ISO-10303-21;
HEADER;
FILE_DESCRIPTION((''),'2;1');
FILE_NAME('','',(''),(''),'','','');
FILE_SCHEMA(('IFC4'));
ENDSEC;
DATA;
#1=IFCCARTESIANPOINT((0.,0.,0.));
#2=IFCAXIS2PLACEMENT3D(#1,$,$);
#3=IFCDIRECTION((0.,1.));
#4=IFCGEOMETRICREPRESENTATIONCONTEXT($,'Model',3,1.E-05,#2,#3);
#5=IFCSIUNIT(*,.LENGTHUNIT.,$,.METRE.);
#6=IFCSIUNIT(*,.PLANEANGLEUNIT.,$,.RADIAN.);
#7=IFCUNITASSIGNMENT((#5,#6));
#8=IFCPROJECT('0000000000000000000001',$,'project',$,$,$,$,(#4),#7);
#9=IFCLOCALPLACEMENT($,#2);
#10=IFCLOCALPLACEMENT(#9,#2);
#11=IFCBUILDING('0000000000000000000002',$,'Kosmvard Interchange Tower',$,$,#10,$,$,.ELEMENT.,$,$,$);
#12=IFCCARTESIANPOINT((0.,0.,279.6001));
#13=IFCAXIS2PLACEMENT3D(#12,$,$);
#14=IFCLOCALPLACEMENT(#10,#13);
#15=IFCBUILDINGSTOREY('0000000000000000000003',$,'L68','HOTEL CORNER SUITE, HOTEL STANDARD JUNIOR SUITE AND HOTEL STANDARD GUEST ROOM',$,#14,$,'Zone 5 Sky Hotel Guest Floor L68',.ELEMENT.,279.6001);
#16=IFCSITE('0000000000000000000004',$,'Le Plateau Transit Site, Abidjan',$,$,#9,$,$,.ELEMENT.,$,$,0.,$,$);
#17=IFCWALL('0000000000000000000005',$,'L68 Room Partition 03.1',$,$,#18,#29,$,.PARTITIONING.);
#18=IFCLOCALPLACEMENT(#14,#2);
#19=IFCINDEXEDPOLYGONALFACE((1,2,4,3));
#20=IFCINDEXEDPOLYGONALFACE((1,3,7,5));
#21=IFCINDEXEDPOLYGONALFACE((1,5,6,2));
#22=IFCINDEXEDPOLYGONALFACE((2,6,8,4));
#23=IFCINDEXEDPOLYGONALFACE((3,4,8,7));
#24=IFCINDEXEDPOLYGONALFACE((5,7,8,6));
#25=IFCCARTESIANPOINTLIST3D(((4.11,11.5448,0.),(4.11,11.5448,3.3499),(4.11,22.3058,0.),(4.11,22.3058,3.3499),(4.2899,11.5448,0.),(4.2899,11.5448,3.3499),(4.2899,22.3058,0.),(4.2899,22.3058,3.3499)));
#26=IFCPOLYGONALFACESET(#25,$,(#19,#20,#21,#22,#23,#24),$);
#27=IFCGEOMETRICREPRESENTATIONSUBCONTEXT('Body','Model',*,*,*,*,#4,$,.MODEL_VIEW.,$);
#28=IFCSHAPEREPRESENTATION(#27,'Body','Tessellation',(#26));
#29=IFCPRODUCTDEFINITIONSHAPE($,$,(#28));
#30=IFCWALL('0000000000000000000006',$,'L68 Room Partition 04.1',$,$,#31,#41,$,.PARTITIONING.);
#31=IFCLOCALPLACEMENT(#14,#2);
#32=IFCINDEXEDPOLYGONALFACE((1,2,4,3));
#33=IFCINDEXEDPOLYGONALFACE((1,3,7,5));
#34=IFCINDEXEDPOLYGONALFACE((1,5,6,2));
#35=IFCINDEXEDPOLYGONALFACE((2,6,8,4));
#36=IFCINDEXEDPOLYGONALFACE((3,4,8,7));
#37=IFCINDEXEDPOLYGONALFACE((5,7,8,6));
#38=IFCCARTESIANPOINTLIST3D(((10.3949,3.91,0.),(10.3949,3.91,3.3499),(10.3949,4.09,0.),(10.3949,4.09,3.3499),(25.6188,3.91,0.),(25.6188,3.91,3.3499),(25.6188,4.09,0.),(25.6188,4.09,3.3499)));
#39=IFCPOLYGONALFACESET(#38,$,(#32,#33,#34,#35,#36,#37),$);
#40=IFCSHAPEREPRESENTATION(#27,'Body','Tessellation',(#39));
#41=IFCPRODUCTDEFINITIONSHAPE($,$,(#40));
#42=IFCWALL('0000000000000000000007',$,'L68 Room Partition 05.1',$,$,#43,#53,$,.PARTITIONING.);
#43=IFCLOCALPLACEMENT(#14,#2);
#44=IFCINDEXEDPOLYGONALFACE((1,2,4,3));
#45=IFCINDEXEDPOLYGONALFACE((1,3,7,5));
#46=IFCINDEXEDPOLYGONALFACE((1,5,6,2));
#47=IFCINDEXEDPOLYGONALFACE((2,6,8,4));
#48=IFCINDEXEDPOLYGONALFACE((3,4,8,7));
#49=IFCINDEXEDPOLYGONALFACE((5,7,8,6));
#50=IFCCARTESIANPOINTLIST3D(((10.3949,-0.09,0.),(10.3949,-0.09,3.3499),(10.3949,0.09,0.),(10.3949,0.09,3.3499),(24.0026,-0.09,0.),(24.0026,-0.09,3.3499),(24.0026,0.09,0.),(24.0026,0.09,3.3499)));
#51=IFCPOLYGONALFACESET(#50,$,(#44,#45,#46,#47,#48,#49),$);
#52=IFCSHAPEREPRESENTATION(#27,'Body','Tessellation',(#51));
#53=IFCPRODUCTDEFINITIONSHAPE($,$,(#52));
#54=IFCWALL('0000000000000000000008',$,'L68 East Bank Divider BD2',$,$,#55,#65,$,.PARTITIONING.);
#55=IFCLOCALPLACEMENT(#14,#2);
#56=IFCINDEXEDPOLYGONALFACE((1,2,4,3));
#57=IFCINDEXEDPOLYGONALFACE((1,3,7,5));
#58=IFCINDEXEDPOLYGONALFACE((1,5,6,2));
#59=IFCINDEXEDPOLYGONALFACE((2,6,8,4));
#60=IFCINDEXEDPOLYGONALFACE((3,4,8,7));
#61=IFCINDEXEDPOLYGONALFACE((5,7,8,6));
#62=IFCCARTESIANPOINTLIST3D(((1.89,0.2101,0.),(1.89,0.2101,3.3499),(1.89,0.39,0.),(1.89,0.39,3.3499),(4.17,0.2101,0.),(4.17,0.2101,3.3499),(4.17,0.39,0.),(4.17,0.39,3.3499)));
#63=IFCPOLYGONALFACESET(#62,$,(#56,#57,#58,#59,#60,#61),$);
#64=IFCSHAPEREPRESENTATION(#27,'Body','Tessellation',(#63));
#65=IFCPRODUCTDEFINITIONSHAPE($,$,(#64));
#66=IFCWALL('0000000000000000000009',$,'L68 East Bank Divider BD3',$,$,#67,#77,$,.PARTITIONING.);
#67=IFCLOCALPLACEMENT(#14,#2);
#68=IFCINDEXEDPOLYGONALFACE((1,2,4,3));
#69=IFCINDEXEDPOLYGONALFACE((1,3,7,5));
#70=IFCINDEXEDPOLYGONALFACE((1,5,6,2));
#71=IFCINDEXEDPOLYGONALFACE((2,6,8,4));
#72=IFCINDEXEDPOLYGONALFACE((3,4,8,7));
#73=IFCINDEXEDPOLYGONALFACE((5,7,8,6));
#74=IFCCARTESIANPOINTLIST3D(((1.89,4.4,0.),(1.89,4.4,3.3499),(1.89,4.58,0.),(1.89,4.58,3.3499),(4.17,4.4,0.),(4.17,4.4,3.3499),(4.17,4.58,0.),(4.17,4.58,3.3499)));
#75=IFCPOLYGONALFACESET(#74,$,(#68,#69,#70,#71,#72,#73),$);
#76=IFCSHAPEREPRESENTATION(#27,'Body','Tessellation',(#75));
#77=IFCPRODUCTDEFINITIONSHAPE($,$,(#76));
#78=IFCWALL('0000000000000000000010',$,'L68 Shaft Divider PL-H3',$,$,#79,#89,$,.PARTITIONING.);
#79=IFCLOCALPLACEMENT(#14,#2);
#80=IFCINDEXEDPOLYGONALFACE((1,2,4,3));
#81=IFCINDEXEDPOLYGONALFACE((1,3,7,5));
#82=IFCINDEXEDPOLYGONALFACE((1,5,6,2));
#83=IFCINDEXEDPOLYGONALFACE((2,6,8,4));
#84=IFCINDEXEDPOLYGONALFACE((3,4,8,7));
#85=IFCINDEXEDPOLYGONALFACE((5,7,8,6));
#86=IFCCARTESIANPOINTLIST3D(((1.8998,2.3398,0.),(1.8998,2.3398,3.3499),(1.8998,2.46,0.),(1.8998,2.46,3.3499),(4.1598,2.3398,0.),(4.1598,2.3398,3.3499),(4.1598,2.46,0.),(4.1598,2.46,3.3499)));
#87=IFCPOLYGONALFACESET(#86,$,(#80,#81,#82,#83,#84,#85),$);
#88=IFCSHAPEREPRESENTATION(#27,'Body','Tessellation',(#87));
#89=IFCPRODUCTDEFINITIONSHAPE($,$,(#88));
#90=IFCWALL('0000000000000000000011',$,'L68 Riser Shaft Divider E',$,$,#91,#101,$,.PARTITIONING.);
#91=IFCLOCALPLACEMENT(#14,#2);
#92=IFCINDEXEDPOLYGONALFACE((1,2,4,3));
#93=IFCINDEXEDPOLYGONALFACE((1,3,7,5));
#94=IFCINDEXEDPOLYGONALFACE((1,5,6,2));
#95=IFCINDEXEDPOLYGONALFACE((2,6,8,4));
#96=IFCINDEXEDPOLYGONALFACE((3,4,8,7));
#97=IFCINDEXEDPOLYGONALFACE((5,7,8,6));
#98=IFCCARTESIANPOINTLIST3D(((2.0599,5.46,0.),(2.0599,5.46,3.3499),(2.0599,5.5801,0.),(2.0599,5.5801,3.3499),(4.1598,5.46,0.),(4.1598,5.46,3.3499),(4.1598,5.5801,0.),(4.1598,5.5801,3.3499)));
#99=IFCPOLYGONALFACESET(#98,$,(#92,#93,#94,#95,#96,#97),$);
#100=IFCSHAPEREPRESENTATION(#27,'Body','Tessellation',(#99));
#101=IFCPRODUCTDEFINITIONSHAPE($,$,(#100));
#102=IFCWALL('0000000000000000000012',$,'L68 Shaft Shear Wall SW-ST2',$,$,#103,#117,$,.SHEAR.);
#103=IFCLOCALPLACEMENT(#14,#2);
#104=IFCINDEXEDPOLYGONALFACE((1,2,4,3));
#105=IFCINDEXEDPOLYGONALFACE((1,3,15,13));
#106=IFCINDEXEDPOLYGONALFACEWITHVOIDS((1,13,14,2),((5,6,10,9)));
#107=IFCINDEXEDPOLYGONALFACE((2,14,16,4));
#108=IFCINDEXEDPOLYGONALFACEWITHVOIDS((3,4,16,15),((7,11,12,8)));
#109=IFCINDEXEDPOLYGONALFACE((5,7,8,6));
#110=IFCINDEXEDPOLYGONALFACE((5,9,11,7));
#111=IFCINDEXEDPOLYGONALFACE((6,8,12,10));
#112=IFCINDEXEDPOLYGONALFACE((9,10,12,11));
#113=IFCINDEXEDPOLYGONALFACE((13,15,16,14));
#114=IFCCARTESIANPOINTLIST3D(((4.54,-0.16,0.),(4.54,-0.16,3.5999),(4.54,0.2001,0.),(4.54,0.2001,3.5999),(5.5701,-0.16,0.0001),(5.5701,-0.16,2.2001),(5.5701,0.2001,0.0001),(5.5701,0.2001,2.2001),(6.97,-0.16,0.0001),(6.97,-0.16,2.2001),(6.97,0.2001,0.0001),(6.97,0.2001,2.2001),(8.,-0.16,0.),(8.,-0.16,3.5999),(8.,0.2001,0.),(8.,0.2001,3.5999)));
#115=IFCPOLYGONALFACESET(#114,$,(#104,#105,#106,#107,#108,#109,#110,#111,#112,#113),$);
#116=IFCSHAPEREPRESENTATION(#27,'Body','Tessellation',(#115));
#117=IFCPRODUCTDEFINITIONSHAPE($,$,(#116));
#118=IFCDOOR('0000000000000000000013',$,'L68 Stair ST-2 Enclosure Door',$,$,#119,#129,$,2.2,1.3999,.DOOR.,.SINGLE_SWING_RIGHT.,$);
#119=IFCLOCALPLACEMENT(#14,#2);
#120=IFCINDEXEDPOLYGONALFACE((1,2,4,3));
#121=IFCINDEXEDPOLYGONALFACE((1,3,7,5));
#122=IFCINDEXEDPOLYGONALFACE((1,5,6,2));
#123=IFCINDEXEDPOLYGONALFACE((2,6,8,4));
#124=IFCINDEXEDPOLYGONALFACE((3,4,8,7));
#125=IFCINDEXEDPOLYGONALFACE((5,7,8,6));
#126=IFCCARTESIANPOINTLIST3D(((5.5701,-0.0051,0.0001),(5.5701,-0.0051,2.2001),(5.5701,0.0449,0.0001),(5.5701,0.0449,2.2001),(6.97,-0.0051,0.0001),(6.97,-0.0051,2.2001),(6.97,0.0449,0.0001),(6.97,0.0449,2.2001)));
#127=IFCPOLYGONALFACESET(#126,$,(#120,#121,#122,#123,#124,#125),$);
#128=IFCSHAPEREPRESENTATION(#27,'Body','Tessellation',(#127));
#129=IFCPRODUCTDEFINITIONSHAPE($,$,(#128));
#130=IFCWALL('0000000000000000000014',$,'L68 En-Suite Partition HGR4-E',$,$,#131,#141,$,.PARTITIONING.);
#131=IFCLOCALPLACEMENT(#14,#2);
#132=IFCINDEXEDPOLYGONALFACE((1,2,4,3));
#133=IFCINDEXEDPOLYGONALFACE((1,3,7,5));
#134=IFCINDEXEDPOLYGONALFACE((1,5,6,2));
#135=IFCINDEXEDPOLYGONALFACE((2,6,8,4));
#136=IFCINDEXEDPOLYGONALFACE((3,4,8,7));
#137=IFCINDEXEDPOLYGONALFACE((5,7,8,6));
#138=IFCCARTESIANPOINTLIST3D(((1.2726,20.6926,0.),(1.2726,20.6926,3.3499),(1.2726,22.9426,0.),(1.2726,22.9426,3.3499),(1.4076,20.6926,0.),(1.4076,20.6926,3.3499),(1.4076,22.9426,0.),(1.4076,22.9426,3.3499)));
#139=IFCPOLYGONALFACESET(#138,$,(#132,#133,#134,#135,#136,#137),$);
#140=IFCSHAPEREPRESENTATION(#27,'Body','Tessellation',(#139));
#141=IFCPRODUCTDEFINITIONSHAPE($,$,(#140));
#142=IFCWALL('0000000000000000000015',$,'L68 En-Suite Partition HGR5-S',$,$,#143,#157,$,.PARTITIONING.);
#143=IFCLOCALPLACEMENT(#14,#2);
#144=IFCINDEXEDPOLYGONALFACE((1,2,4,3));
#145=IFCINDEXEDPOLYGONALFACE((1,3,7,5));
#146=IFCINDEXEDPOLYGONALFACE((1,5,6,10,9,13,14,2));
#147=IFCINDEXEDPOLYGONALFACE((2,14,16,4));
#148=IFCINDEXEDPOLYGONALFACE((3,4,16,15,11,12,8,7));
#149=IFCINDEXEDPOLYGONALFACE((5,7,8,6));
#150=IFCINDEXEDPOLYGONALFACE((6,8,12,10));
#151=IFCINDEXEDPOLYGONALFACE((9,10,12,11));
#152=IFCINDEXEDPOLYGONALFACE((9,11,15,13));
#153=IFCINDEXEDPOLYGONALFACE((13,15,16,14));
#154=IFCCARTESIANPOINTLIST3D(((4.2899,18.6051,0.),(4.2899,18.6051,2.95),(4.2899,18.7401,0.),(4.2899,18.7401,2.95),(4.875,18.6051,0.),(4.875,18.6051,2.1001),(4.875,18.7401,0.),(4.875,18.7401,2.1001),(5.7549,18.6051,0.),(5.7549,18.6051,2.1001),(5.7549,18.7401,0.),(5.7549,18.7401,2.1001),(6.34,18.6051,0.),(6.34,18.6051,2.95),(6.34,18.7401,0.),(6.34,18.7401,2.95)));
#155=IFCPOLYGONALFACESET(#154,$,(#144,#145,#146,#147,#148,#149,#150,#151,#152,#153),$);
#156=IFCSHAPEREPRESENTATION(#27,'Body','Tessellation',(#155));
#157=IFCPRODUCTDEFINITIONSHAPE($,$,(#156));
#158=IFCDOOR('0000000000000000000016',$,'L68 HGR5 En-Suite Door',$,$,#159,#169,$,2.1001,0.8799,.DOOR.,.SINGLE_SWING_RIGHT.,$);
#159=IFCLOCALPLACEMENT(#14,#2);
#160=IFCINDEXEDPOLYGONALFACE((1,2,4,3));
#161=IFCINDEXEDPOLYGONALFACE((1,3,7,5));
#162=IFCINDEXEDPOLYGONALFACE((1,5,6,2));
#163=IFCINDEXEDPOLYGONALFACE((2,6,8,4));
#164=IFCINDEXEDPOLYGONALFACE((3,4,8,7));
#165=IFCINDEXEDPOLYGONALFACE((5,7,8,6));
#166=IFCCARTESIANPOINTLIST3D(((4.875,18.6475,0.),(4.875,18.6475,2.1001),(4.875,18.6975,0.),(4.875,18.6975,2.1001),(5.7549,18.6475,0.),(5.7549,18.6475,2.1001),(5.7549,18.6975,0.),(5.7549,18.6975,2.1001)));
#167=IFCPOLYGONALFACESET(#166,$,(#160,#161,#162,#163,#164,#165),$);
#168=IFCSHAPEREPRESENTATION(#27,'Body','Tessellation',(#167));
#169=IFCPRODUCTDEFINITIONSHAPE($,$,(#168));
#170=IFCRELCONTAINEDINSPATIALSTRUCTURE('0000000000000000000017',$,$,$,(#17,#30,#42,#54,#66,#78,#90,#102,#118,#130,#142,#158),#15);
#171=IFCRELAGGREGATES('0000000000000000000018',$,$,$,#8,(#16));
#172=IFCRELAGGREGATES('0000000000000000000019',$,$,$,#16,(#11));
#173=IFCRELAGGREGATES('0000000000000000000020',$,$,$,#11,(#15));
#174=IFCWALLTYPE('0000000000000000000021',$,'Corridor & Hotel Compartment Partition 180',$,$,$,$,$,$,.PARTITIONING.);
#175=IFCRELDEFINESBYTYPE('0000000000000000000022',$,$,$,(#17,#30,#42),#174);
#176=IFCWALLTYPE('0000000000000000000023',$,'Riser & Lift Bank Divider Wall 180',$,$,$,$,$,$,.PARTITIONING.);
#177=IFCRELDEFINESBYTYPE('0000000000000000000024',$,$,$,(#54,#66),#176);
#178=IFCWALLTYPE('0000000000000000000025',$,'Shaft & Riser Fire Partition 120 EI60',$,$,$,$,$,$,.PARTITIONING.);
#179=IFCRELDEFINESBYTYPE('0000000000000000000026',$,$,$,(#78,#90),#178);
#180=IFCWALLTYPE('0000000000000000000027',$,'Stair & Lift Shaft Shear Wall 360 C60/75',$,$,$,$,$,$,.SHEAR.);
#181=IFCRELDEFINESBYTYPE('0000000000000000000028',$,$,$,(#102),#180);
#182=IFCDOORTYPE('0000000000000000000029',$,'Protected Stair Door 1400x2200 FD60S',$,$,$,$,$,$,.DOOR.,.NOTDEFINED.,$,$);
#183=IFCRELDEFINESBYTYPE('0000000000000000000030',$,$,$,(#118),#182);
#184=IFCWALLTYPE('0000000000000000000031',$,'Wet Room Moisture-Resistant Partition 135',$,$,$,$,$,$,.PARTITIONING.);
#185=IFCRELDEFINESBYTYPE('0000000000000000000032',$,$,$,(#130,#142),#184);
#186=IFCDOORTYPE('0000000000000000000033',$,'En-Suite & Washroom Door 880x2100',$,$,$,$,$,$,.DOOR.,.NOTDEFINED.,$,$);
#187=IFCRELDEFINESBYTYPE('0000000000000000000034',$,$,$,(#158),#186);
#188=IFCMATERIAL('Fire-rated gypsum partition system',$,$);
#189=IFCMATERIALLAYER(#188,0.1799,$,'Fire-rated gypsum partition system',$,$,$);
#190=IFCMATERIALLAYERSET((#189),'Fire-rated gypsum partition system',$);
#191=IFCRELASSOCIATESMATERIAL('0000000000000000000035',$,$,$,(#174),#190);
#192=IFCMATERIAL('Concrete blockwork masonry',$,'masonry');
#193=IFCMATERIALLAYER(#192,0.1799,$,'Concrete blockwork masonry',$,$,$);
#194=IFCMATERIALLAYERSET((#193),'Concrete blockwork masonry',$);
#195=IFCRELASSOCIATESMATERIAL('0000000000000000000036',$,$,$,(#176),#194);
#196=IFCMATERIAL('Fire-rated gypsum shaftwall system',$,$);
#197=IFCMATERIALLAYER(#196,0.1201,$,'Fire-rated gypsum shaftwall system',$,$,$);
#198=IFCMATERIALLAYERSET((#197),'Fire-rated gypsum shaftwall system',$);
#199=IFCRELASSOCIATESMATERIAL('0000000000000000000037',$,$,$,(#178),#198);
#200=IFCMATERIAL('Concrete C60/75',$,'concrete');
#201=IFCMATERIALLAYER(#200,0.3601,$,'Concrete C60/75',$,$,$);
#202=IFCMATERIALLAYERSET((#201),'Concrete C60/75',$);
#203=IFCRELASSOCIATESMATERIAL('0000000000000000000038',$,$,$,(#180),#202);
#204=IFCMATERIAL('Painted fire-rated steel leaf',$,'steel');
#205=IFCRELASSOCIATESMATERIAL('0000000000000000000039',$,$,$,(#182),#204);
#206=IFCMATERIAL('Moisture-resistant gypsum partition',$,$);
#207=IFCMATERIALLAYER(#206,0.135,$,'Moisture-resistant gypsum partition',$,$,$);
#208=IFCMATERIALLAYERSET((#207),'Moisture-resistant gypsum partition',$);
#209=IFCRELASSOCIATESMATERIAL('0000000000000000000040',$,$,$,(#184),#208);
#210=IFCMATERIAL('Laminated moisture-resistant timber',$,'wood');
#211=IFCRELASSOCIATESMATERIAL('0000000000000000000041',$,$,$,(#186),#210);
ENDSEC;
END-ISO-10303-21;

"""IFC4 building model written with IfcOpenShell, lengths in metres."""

from ifc_helpers import new_model, si_unit, direction, frame, frame_2d, origin, place, context, subcontext, project, spatial, rectangle, extrude, source, transform, mapped, material, layer, layer_set, type_object, element, fill, save


model = new_model("IFC4")

# Units and contexts
model_context = context("Model", 3, precision=1e-05, world=origin(), true_north=direction((0.0, 1.0)))
body_context = subcontext(model_context, "Body", "Model", "MODEL_VIEW")
ifc_project = project(units=[si_unit("LENGTHUNIT", "METRE"), si_unit("PLANEANGLEUNIT", "RADIAN")], contexts=[model_context])

# Site, building, storey
site_placement = place(None, origin())
site = spatial("IfcSite", under=ifc_project, at=site_placement, Name="Le Plateau Transit Site, Abidjan", CompositionType="ELEMENT", RefElevation=0.0)
building_placement = place(site_placement, origin())
building = spatial("IfcBuilding", under=site, at=building_placement, Name="Kosmvard Interchange Tower", CompositionType="ELEMENT")
storey_placement = place(building_placement, frame((0.0, 0.0, 279.6001)))
storey = spatial("IfcBuildingStorey", under=building, at=storey_placement, Name="L68", Description="HOTEL CORNER SUITE, HOTEL STANDARD JUNIOR SUITE AND HOTEL STANDARD GUEST ROOM", LongName="Zone 5 Sky Hotel Guest Floor L68", CompositionType="ELEMENT", Elevation=279.6001)

# Walls
ifc_material_1 = material(Name="Fire-rated gypsum partition system")
ifc_layer_1 = layer(ifc_material_1, 0.1799, Name="Fire-rated gypsum partition system")
ifc_layer_set_1 = layer_set([ifc_layer_1], Name="Fire-rated gypsum partition system")
wall_type_1 = type_object("IfcWallType", Name="Corridor & Hotel Compartment Partition 180", PredefinedType="PARTITIONING", material=ifc_layer_set_1)
wall_1_placement = place(storey_placement, frame((4.2, 11.5449, 0.0), z_axis=(0.0, 0.0, 1.0), x_axis=(0.0, 1.0, 0.0)))
element("IfcWall", 1, at=wall_1_placement, inside=storey, type_object=wall_type_1, Name="L68 Room Partition 03.1", PredefinedType="PARTITIONING", context=body_context, shape_type="SweptSolid", body=[
    extrude(rectangle(XDim=10.761, YDim=0.1799, at=frame_2d((5.3804, 0.0))), origin(), (0.0, 0.0, 1.0), 3.3499),
])
wall_2_placement = place(storey_placement, frame((10.395, 4.0, 0.0), z_axis=(0.0, 0.0, 1.0), x_axis=(1.0, 0.0, 0.0)))
element("IfcWall", 2, at=wall_2_placement, inside=storey, type_object=wall_type_1, Name="L68 Room Partition 04.1", PredefinedType="PARTITIONING", context=body_context, shape_type="SweptSolid", body=[
    extrude(rectangle(XDim=15.2239, YDim=0.1799, at=frame_2d((7.6118, 0.0))), origin(), (0.0, 0.0, 1.0), 3.3499),
])
wall_3_placement = place(storey_placement, frame((10.395, 0.0, 0.0), z_axis=(0.0, 0.0, 1.0), x_axis=(1.0, 0.0, 0.0)))
element("IfcWall", 3, at=wall_3_placement, inside=storey, type_object=wall_type_1, Name="L68 Room Partition 05.1", PredefinedType="PARTITIONING", context=body_context, shape_type="SweptSolid", body=[
    extrude(rectangle(XDim=13.6077, YDim=0.1799, at=frame_2d((6.8037, 0.0))), origin(), (0.0, 0.0, 1.0), 3.3499),
])
ifc_material_2 = material(Name="Concrete blockwork masonry", Category="masonry")
ifc_layer_2 = layer(ifc_material_2, 0.1799, Name="Concrete blockwork masonry")
ifc_layer_set_2 = layer_set([ifc_layer_2], Name="Concrete blockwork masonry")
wall_type_2 = type_object("IfcWallType", Name="Riser & Lift Bank Divider Wall 180", PredefinedType="PARTITIONING", material=ifc_layer_set_2)
for number, where, z_axis, x_axis, name in (
    (4, (1.8899, 0.3, 0.0), (0.0, 0.0, 1.0), (1.0, 0.0, 0.0), "L68 East Bank Divider BD2"),
    (5, (1.8899, 4.49, 0.0), (0.0, 0.0, 1.0), (1.0, 0.0, 0.0), "L68 East Bank Divider BD3"),
):
    element("IfcWall", number, at=place(storey_placement, frame(where, z_axis=z_axis, x_axis=x_axis)), inside=storey, type_object=wall_type_2, Name=name, PredefinedType="PARTITIONING", context=body_context, shape_type="SweptSolid", body=[
        extrude(rectangle(XDim=2.28, YDim=0.1799, at=frame_2d((1.1401, 0.0))), origin(), (0.0, 0.0, 1.0), 3.3499),
    ])
ifc_material_3 = material(Name="Fire-rated gypsum shaftwall system")
ifc_layer_3 = layer(ifc_material_3, 0.1201, Name="Fire-rated gypsum shaftwall system")
ifc_layer_set_3 = layer_set([ifc_layer_3], Name="Fire-rated gypsum shaftwall system")
wall_type_3 = type_object("IfcWallType", Name="Shaft & Riser Fire Partition 120 EI60", PredefinedType="PARTITIONING", material=ifc_layer_set_3)
wall_4_placement = place(storey_placement, frame((1.8999, 2.3999, 0.0), z_axis=(0.0, 0.0, 1.0), x_axis=(1.0, 0.0, 0.0)))
element("IfcWall", 6, at=wall_4_placement, inside=storey, type_object=wall_type_3, Name="L68 Shaft Divider PL-H3", PredefinedType="PARTITIONING", context=body_context, shape_type="SweptSolid", body=[
    extrude(rectangle(XDim=2.26, YDim=0.1201, at=frame_2d((1.1299, 0.0))), origin(), (0.0, 0.0, 1.0), 3.3499),
])
wall_5_placement = place(storey_placement, frame((2.0601, 5.52, 0.0), z_axis=(0.0, 0.0, 1.0), x_axis=(1.0, 0.0, 0.0)))
element("IfcWall", 7, at=wall_5_placement, inside=storey, type_object=wall_type_3, Name="L68 Riser Shaft Divider E", PredefinedType="PARTITIONING", context=body_context, shape_type="SweptSolid", body=[
    extrude(rectangle(XDim=2.0999, YDim=0.1201, at=frame_2d((1.0498, 0.0))), origin(), (0.0, 0.0, 1.0), 3.3499),
])

# Wall, opening, door
ifc_material_4 = material(Name="Concrete C60/75", Category="concrete")
ifc_layer_4 = layer(ifc_material_4, 0.3601, Name="Concrete C60/75")
ifc_layer_set_4 = layer_set([ifc_layer_4], Name="Concrete C60/75")
wall_type_4 = type_object("IfcWallType", Name="Stair & Lift Shaft Shear Wall 360 C60/75", PredefinedType="SHEAR", material=ifc_layer_set_4)
wall_6_placement = place(storey_placement, frame((4.54, 0.02, 0.0), z_axis=(0.0, 0.0, 1.0), x_axis=(1.0, 0.0, 0.0)))
wall_6 = element("IfcWall", 8, at=wall_6_placement, inside=storey, type_object=wall_type_4, Name="L68 Shaft Shear Wall SW-ST2", PredefinedType="SHEAR", context=body_context, shape_type="SweptSolid", body=[
    extrude(rectangle(XDim=3.46, YDim=0.3601, at=frame_2d((1.73, 0.0))), origin(), (0.0, 0.0, 1.0), 3.5999),
])
opening_1_placement = place(wall_6_placement, frame((1.03, 0.0, 0.0)))
opening_1 = element("IfcOpeningElement", 9, at=opening_1_placement, cuts=wall_6, PredefinedType="OPENING", context=body_context, shape_type="SweptSolid", body=[
    extrude(rectangle(XDim=1.3999, YDim=2.2, at=frame_2d((0.7, 1.1001))), frame((0.0, 0.1899, 0.0), z_axis=(0.0, -1.0, 0.0), x_axis=(1.0, 0.0, 0.0)), (0.0, 0.0, 1.0), 0.3801),
])
ifc_material_5 = material(Name="Painted fire-rated steel leaf", Category="steel")
door_type_1 = type_object("IfcDoorType", Name="Protected Stair Door 1400x2200 FD60S", OperationType="NOTDEFINED", PredefinedType="DOOR", material=ifc_material_5)
shared_shape_1 = source(origin(), body_context, "Body", "SweptSolid", [
    extrude(rectangle(XDim=1.3999, YDim=2.2, at=frame_2d((0.7, 1.1001))), frame((0.0, 0.0249, 0.0), z_axis=(0.0, -1.0, 0.0), x_axis=(1.0, 0.0, 0.0)), (0.0, 0.0, 1.0), 0.05),
])
door_1_placement = place(opening_1_placement, origin())
door_1 = element("IfcDoor", 10, at=door_1_placement, inside=storey, type_object=door_type_1, Name="L68 Stair ST-2 Enclosure Door", OperationType="SINGLE_SWING_RIGHT", OverallHeight=2.2, OverallWidth=1.3999, PredefinedType="DOOR", context=body_context, shape_type="MappedRepresentation", body=[
    mapped(shared_shape_1, transform((0.0, 0.0, 0.0), scale=1.0)),
])
fill(opening_1, door_1)

# Wall
ifc_material_6 = material(Name="Moisture-resistant gypsum partition")
ifc_layer_5 = layer(ifc_material_6, 0.135, Name="Moisture-resistant gypsum partition")
ifc_layer_set_5 = layer_set([ifc_layer_5], Name="Moisture-resistant gypsum partition")
wall_type_5 = type_object("IfcWallType", Name="Wet Room Moisture-Resistant Partition 135", PredefinedType="PARTITIONING", material=ifc_layer_set_5)
wall_7_placement = place(storey_placement, frame((1.3401, 20.6926, 0.0), z_axis=(0.0, 0.0, 1.0), x_axis=(0.0, 1.0, 0.0)))
element("IfcWall", 11, at=wall_7_placement, inside=storey, type_object=wall_type_5, Name="L68 En-Suite Partition HGR4-E", PredefinedType="PARTITIONING", context=body_context, shape_type="SweptSolid", body=[
    extrude(rectangle(XDim=2.25, YDim=0.135, at=frame_2d((1.125, 0.0))), origin(), (0.0, 0.0, 1.0), 3.3499),
])

# Wall, opening, door
wall_8_placement = place(storey_placement, frame((4.29, 18.6726, 0.0), z_axis=(0.0, 0.0, 1.0), x_axis=(1.0, 0.0, 0.0)))
wall_8 = element("IfcWall", 12, at=wall_8_placement, inside=storey, type_object=wall_type_5, Name="L68 En-Suite Partition HGR5-S", PredefinedType="PARTITIONING", context=body_context, shape_type="SweptSolid", body=[
    extrude(rectangle(XDim=2.05, YDim=0.135, at=frame_2d((1.0249, 0.0))), origin(), (0.0, 0.0, 1.0), 2.95),
])
opening_2_placement = place(wall_8_placement, frame((0.585, 0.0, 0.0)))
opening_2 = element("IfcOpeningElement", 13, at=opening_2_placement, cuts=wall_8, PredefinedType="OPENING", context=body_context, shape_type="SweptSolid", body=[
    extrude(rectangle(XDim=0.8799, YDim=2.1001, at=frame_2d((0.4399, 1.05))), frame((0.0, 0.0776, 0.0), z_axis=(0.0, -1.0, 0.0), x_axis=(1.0, 0.0, 0.0)), (0.0, 0.0, 1.0), 0.155),
])
ifc_material_7 = material(Name="Laminated moisture-resistant timber", Category="wood")
door_type_2 = type_object("IfcDoorType", Name="En-Suite & Washroom Door 880x2100", OperationType="NOTDEFINED", PredefinedType="DOOR", material=ifc_material_7)
shared_shape_2 = source(origin(), body_context, "Body", "SweptSolid", [
    extrude(rectangle(XDim=0.8799, YDim=2.1001, at=frame_2d((0.4399, 1.05))), frame((0.0, 0.0249, 0.0), z_axis=(0.0, -1.0, 0.0), x_axis=(1.0, 0.0, 0.0)), (0.0, 0.0, 1.0), 0.05),
])
door_2_placement = place(opening_2_placement, origin())
door_2 = element("IfcDoor", 14, at=door_2_placement, inside=storey, type_object=door_type_2, Name="L68 HGR5 En-Suite Door", OperationType="SINGLE_SWING_RIGHT", OverallHeight=2.1001, OverallWidth=0.8799, PredefinedType="DOOR", context=body_context, shape_type="MappedRepresentation", body=[
    mapped(shared_shape_2, transform((0.0, 0.0, 0.0), scale=1.0)),
])
fill(opening_2, door_2)

save(model, "model.ifc")
